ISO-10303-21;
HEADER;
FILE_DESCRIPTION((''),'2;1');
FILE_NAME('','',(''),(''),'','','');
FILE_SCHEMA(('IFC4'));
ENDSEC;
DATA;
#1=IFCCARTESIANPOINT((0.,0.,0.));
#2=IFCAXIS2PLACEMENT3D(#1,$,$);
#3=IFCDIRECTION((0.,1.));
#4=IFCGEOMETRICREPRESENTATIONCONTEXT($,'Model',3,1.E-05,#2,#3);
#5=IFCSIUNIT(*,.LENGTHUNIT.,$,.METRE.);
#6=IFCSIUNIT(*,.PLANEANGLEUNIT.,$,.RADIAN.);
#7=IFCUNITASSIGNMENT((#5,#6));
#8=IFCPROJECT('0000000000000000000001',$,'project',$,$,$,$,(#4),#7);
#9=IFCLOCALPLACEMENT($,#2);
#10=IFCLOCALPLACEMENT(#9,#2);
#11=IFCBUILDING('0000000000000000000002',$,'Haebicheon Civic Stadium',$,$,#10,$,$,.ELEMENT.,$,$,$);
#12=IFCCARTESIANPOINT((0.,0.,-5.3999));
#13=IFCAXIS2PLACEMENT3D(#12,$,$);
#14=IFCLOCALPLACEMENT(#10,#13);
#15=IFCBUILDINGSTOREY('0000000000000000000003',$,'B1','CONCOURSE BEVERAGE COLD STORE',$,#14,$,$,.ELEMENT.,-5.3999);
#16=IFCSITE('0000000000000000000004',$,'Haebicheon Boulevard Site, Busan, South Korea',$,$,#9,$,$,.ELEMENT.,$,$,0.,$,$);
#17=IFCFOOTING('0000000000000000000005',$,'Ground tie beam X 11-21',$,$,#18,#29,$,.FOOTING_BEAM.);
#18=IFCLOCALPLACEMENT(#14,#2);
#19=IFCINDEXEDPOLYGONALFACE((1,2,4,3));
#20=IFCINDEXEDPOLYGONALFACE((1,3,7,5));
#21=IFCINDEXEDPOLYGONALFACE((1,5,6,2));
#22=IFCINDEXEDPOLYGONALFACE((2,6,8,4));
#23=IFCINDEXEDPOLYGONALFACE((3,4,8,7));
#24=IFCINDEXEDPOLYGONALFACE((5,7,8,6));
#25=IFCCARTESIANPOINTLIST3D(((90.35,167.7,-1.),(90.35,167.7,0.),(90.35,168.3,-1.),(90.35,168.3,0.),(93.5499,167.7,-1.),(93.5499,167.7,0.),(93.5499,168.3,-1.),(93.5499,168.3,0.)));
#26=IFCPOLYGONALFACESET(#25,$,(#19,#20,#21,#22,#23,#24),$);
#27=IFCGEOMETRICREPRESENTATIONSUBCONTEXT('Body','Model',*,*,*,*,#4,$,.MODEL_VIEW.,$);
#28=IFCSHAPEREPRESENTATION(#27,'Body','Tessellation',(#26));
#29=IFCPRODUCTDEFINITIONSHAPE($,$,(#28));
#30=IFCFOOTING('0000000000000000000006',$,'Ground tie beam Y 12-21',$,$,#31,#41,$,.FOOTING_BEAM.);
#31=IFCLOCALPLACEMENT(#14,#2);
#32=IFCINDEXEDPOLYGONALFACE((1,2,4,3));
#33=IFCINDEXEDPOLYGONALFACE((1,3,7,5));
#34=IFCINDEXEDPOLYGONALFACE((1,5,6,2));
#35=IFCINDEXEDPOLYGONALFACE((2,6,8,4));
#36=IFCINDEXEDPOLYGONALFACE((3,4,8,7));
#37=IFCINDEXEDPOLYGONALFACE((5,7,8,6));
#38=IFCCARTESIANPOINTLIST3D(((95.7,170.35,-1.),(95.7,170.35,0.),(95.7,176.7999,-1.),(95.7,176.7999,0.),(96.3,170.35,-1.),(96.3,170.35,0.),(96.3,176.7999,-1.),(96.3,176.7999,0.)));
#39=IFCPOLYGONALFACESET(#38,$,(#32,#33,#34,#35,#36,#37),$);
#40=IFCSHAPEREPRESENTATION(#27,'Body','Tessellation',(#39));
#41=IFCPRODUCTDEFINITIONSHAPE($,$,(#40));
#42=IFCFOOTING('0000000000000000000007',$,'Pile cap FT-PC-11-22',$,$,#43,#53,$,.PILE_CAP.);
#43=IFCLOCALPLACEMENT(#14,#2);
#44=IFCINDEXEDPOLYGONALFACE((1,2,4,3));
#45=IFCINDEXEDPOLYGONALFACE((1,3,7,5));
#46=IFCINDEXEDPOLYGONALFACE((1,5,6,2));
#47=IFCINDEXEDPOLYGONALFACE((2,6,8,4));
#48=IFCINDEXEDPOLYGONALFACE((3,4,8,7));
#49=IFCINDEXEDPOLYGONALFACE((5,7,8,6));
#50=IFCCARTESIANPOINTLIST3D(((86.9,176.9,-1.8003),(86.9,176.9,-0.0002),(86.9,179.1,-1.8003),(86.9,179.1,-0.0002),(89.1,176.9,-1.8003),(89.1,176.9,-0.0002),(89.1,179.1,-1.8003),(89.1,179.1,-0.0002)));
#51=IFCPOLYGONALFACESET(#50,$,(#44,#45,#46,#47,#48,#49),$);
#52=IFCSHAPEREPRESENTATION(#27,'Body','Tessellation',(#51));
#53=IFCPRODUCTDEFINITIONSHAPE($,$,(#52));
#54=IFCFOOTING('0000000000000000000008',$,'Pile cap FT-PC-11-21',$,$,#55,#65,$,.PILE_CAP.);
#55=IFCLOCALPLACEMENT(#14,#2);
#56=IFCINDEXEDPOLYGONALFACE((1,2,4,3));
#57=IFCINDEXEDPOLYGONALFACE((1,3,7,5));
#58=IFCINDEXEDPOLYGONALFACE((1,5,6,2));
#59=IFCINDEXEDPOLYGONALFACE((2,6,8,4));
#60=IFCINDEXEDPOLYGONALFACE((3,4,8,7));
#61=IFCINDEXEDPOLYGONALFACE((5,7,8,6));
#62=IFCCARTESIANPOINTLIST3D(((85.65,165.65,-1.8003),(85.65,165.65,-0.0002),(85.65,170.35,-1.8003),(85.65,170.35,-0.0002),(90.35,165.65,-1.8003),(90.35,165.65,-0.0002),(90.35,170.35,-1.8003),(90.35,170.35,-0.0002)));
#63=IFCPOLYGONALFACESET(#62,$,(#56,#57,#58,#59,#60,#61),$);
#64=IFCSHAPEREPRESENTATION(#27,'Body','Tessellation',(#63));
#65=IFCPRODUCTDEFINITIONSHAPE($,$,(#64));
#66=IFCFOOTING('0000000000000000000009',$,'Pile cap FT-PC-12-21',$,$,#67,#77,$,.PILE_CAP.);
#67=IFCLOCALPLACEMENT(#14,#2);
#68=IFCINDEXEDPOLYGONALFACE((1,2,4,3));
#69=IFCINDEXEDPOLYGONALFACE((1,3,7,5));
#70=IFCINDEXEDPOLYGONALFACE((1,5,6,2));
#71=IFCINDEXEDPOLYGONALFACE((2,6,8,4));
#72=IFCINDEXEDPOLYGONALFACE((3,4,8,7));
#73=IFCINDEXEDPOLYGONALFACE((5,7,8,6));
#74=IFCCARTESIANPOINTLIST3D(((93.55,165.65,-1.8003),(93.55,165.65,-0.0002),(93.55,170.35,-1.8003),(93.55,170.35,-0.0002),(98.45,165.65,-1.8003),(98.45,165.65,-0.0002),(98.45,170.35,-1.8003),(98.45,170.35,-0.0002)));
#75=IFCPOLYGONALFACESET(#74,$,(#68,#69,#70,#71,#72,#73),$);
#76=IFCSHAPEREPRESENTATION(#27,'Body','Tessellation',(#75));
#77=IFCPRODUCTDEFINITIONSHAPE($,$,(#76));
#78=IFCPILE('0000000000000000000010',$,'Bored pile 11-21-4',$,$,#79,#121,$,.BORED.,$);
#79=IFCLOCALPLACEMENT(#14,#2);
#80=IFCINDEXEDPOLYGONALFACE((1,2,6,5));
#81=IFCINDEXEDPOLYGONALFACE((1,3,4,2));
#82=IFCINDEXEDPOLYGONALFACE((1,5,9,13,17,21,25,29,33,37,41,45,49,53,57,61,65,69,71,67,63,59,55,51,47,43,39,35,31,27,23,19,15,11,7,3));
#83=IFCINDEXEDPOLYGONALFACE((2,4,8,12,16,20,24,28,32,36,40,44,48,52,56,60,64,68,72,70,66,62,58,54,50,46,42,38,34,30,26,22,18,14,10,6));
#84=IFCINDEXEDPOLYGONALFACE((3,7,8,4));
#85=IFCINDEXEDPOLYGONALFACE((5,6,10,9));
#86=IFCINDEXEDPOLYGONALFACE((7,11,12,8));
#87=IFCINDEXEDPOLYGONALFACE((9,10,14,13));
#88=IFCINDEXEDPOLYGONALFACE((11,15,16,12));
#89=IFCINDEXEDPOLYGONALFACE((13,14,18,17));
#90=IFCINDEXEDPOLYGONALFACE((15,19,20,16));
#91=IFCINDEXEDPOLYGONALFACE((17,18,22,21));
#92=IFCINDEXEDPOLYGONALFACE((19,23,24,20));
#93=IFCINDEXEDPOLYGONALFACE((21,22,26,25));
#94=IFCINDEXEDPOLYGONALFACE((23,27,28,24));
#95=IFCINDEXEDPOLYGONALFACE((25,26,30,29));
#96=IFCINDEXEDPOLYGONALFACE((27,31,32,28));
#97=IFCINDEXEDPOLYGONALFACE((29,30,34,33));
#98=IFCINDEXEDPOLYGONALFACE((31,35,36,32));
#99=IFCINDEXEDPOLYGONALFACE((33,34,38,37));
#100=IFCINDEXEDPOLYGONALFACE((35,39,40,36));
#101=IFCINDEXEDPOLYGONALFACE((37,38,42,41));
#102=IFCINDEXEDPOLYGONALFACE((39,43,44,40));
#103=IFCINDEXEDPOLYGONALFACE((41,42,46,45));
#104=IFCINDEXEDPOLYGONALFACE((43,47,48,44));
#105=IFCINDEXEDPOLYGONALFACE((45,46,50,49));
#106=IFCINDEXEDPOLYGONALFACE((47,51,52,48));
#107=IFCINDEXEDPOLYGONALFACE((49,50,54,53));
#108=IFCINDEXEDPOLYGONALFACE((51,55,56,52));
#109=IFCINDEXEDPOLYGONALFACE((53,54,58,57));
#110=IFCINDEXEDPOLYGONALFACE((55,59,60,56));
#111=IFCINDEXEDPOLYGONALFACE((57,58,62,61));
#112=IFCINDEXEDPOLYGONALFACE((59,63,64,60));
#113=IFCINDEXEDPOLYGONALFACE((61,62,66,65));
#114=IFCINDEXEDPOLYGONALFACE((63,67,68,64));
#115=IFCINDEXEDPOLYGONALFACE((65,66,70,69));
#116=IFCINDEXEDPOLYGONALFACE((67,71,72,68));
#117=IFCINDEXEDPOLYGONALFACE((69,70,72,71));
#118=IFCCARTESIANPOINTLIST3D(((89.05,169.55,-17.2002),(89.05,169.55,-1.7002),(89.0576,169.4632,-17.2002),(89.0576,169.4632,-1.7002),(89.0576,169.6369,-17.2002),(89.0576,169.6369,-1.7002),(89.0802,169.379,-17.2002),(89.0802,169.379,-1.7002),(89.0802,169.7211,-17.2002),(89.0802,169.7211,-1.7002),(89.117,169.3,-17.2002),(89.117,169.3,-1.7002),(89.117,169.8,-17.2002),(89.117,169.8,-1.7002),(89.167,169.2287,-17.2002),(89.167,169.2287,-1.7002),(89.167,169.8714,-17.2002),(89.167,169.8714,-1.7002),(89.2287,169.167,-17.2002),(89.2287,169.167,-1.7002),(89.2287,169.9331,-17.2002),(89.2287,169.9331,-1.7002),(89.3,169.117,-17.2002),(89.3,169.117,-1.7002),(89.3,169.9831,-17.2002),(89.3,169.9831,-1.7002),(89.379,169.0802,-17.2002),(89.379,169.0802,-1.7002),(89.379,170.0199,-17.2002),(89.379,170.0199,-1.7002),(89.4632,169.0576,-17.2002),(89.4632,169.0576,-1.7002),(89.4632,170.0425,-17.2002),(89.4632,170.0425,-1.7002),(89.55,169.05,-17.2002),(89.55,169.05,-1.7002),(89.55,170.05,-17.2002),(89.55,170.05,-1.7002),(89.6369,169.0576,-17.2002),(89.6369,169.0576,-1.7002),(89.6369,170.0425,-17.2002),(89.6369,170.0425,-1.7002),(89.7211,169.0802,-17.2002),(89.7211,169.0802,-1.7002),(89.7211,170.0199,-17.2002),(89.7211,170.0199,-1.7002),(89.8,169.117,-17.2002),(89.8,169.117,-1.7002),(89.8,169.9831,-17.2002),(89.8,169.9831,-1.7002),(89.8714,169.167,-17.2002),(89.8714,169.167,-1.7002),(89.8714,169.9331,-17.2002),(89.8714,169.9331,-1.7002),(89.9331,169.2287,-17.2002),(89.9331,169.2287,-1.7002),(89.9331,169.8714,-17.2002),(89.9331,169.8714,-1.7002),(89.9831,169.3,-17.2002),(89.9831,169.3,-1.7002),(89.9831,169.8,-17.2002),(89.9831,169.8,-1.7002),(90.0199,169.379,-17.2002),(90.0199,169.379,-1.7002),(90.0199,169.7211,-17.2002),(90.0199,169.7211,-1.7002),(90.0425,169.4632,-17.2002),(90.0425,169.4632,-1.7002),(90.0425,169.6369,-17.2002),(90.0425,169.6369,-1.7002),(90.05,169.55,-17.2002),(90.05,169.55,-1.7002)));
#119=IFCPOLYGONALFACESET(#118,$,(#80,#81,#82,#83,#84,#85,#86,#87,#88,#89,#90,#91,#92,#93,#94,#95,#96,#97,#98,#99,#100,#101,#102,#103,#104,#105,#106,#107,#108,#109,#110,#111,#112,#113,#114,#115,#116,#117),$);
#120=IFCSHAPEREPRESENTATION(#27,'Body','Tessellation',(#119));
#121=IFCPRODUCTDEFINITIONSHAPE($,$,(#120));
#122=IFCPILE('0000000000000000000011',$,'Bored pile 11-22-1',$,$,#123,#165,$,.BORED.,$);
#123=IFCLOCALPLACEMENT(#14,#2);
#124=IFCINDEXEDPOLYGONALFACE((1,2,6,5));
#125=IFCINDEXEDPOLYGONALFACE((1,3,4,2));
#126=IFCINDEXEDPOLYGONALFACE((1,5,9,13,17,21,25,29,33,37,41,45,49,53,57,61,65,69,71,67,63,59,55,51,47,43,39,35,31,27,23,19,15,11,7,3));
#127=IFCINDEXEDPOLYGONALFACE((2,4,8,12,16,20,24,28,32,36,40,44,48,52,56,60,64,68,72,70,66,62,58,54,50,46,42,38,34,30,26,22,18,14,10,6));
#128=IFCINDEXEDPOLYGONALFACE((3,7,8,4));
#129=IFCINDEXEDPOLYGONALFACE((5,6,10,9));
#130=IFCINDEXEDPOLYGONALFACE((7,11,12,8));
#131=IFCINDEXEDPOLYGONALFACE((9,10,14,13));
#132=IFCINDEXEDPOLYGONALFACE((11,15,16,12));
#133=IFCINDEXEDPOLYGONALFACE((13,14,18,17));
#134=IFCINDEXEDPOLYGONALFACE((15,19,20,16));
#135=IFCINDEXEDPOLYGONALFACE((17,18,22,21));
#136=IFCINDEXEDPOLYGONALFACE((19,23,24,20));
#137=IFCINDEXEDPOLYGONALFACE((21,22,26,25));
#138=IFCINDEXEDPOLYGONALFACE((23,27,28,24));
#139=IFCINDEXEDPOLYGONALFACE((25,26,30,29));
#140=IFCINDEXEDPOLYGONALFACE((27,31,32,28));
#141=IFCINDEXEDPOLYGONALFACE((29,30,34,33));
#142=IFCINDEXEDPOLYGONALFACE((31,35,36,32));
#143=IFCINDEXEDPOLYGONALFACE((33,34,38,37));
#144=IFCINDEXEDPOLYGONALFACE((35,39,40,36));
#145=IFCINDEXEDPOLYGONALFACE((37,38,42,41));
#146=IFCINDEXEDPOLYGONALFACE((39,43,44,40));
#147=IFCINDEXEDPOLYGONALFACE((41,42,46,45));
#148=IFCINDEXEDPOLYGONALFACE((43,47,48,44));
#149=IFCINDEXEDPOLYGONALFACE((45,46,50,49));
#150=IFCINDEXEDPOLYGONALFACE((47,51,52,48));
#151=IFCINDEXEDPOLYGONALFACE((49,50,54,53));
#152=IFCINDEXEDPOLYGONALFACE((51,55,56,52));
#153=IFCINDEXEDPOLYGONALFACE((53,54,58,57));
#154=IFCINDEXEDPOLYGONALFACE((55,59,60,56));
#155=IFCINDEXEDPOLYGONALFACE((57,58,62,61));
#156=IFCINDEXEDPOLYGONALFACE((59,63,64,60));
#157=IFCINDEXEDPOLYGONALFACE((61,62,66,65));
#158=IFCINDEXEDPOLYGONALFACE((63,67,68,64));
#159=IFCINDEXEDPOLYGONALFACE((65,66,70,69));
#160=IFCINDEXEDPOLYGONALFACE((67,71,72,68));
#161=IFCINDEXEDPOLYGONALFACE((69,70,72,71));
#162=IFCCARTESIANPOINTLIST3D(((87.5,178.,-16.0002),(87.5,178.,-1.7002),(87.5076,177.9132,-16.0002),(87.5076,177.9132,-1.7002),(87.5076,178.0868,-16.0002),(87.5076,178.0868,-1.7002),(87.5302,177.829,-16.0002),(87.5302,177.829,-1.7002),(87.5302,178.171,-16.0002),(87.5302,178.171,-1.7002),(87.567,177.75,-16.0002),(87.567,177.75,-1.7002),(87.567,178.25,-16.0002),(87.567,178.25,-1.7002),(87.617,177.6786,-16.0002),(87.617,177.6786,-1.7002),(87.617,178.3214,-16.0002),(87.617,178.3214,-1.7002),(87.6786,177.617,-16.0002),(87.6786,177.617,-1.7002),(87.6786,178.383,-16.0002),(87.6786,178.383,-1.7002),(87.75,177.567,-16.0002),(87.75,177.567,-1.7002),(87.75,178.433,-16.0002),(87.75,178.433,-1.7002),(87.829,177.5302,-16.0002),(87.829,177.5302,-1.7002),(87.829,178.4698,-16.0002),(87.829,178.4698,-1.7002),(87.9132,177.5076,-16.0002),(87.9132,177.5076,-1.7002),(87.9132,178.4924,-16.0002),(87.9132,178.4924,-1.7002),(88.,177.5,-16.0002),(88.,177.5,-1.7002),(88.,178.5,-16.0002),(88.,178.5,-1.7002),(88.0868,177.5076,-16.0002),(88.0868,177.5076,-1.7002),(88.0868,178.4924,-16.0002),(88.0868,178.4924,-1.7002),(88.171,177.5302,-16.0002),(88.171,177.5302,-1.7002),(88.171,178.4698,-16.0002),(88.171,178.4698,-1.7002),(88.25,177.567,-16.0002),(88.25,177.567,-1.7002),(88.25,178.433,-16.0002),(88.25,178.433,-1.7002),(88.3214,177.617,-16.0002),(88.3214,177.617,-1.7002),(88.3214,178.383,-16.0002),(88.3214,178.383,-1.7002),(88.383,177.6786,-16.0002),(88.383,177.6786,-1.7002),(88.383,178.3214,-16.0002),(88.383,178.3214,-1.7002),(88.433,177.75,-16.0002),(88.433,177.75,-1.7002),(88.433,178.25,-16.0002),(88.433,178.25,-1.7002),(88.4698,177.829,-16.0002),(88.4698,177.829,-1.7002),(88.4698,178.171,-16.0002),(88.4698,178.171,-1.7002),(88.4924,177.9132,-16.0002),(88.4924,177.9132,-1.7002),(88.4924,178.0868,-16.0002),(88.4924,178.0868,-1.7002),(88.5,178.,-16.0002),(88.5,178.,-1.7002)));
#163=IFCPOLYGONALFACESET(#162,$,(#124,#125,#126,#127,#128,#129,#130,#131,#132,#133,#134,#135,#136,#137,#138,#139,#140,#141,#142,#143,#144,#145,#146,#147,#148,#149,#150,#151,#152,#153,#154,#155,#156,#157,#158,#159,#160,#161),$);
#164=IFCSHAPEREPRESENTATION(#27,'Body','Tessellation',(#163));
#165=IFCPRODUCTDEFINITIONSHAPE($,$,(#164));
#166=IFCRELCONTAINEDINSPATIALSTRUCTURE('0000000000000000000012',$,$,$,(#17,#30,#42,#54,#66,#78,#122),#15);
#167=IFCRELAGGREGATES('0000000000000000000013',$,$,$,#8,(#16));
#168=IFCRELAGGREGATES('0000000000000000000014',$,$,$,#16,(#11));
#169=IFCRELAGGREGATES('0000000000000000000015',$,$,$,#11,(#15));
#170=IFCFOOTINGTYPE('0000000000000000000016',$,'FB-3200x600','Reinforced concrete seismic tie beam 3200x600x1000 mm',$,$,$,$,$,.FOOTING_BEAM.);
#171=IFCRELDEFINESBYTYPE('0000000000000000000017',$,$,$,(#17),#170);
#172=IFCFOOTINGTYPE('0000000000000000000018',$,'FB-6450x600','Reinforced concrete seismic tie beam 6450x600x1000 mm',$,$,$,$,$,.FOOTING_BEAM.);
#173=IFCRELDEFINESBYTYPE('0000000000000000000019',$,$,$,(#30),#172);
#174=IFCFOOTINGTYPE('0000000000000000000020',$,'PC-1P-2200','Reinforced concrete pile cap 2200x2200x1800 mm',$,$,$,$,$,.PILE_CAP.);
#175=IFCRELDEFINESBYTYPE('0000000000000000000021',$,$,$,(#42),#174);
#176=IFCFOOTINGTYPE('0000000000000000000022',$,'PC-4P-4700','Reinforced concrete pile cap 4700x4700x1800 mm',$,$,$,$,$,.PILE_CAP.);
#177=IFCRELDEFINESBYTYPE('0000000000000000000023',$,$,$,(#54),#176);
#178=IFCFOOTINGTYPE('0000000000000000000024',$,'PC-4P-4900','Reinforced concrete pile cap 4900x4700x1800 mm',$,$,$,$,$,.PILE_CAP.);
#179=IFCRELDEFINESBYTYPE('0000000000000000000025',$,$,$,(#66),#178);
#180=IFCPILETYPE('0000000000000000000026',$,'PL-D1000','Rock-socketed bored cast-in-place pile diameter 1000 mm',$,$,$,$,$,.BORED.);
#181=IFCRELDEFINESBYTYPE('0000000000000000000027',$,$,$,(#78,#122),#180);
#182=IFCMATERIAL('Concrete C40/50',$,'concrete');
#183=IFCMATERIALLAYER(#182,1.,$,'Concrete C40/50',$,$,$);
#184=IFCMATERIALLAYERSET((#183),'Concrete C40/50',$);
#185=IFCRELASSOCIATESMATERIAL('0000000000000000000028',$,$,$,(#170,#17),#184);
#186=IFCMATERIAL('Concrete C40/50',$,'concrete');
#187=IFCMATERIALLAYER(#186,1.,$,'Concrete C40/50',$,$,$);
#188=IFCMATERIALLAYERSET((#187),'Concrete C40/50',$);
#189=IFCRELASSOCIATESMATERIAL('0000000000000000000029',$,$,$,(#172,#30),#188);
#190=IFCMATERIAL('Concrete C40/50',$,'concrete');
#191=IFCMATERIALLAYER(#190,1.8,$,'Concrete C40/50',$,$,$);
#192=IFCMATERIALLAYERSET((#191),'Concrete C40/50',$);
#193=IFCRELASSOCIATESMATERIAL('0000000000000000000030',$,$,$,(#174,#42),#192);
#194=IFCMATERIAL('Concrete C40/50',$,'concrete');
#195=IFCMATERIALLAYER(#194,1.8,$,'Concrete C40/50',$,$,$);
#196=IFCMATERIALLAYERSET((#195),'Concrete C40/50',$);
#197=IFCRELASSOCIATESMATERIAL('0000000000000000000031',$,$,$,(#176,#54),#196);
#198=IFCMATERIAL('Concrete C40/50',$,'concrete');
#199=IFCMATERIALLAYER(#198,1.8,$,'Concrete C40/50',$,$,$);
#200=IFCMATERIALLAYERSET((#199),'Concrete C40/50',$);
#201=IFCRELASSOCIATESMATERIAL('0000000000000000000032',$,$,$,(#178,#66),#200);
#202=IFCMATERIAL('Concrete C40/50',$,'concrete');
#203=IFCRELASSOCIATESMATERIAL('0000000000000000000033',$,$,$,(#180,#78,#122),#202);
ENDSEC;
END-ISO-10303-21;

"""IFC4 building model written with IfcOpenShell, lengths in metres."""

from ifc_helpers import new_model, si_unit, direction, frame, origin, origin_2d, place, context, subcontext, project, spatial, rectangle, circle, extrude, material, layer, layer_set, material_profile, profile_set, type_object, element, save


model = new_model("IFC4")

# Units and contexts
model_context = context("Model", 3, precision=1e-05, world=origin(), true_north=direction((0.0, 1.0)))
body_context = subcontext(model_context, "Body", "Model", "MODEL_VIEW")
ifc_project = project(units=[si_unit("LENGTHUNIT", "METRE"), si_unit("PLANEANGLEUNIT", "RADIAN")], contexts=[model_context])

# Site, building, storey
site_placement = place(None, origin())
site = spatial("IfcSite", under=ifc_project, at=site_placement, Name="Haebicheon Boulevard Site, Busan, South Korea", CompositionType="ELEMENT", RefElevation=0.0)
building_placement = place(site_placement, origin())
building = spatial("IfcBuilding", under=site, at=building_placement, Name="Haebicheon Civic Stadium", CompositionType="ELEMENT")
storey_placement = place(building_placement, frame((0.0, 0.0, -5.3999)))
storey = spatial("IfcBuildingStorey", under=building, at=storey_placement, Name="B1", Description="CONCOURSE BEVERAGE COLD STORE", CompositionType="ELEMENT", Elevation=-5.3999)

# Footings
ifc_material_1 = material(Name="Concrete C40/50", Category="concrete")
ifc_layer_1 = layer(ifc_material_1, 1.0, Name="Concrete C40/50")
ifc_layer_set_1 = layer_set([ifc_layer_1], Name="Concrete C40/50")
footing_type_1 = type_object("IfcFootingType", Name="FB-3200x600", Description="Reinforced concrete seismic tie beam 3200x600x1000 mm", PredefinedType="FOOTING_BEAM", material=ifc_layer_set_1)
footing_1_placement = place(storey_placement, frame((91.95, 168.0, -1.0), z_axis=(0.0, 0.0, 1.0), x_axis=(1.0, 0.0, 0.0)))
element("IfcFooting", 1, at=footing_1_placement, inside=storey, type_object=footing_type_1, material=ifc_layer_set_1, Name="Ground tie beam X 11-21", PredefinedType="FOOTING_BEAM", context=body_context, shape_type="SweptSolid", body=[
    extrude(rectangle(XDim=3.2, YDim=0.6001, at=origin_2d()), origin(), (0.0, 0.0, 1.0), 1.0),
])
ifc_material_2 = material(Name="Concrete C40/50", Category="concrete")
ifc_layer_2 = layer(ifc_material_2, 1.0, Name="Concrete C40/50")
ifc_layer_set_2 = layer_set([ifc_layer_2], Name="Concrete C40/50")
footing_type_2 = type_object("IfcFootingType", Name="FB-6450x600", Description="Reinforced concrete seismic tie beam 6450x600x1000 mm", PredefinedType="FOOTING_BEAM", material=ifc_layer_set_2)
footing_2_placement = place(storey_placement, frame((96.0, 173.575, -1.0), z_axis=(0.0, 0.0, 1.0), x_axis=(0.0, 1.0, 0.0)))
element("IfcFooting", 2, at=footing_2_placement, inside=storey, type_object=footing_type_2, material=ifc_layer_set_2, Name="Ground tie beam Y 12-21", PredefinedType="FOOTING_BEAM", context=body_context, shape_type="SweptSolid", body=[
    extrude(rectangle(XDim=6.45, YDim=0.6001, at=origin_2d()), origin(), (0.0, 0.0, 1.0), 1.0),
])
ifc_material_3 = material(Name="Concrete C40/50", Category="concrete")
ifc_layer_3 = layer(ifc_material_3, 1.8, Name="Concrete C40/50")
ifc_layer_set_3 = layer_set([ifc_layer_3], Name="Concrete C40/50")
footing_type_3 = type_object("IfcFootingType", Name="PC-1P-2200", Description="Reinforced concrete pile cap 2200x2200x1800 mm", PredefinedType="PILE_CAP", material=ifc_layer_set_3)
footing_3_placement = place(storey_placement, frame((88.0, 178.0, -1.8003), z_axis=(0.0, 0.0, 1.0), x_axis=(1.0, 0.0, 0.0)))
element("IfcFooting", 3, at=footing_3_placement, inside=storey, type_object=footing_type_3, material=ifc_layer_set_3, Name="Pile cap FT-PC-11-22", PredefinedType="PILE_CAP", context=body_context, shape_type="SweptSolid", body=[
    extrude(rectangle(XDim=2.2, YDim=2.2, at=origin_2d()), origin(), (0.0, 0.0, 1.0), 1.8),
])
ifc_material_4 = material(Name="Concrete C40/50", Category="concrete")
ifc_layer_4 = layer(ifc_material_4, 1.8, Name="Concrete C40/50")
ifc_layer_set_4 = layer_set([ifc_layer_4], Name="Concrete C40/50")
footing_type_4 = type_object("IfcFootingType", Name="PC-4P-4700", Description="Reinforced concrete pile cap 4700x4700x1800 mm", PredefinedType="PILE_CAP", material=ifc_layer_set_4)
footing_4_placement = place(storey_placement, frame((88.0, 168.0, -1.8003), z_axis=(0.0, 0.0, 1.0), x_axis=(1.0, 0.0, 0.0)))
element("IfcFooting", 4, at=footing_4_placement, inside=storey, type_object=footing_type_4, material=ifc_layer_set_4, Name="Pile cap FT-PC-11-21", PredefinedType="PILE_CAP", context=body_context, shape_type="SweptSolid", body=[
    extrude(rectangle(XDim=4.7, YDim=4.7, at=origin_2d()), origin(), (0.0, 0.0, 1.0), 1.8),
])
ifc_material_5 = material(Name="Concrete C40/50", Category="concrete")
ifc_layer_5 = layer(ifc_material_5, 1.8, Name="Concrete C40/50")
ifc_layer_set_5 = layer_set([ifc_layer_5], Name="Concrete C40/50")
footing_type_5 = type_object("IfcFootingType", Name="PC-4P-4900", Description="Reinforced concrete pile cap 4900x4700x1800 mm", PredefinedType="PILE_CAP", material=ifc_layer_set_5)
footing_5_placement = place(storey_placement, frame((96.0, 168.0, -1.8003), z_axis=(0.0, 0.0, 1.0), x_axis=(1.0, 0.0, 0.0)))
element("IfcFooting", 5, at=footing_5_placement, inside=storey, type_object=footing_type_5, material=ifc_layer_set_5, Name="Pile cap FT-PC-12-21", PredefinedType="PILE_CAP", context=body_context, shape_type="SweptSolid", body=[
    extrude(rectangle(XDim=4.8999, YDim=4.7, at=origin_2d()), origin(), (0.0, 0.0, 1.0), 1.8),
])

# Piles
ifc_material_6 = material(Name="Concrete C40/50", Category="concrete")
ifc_material_profile_1 = material_profile(ifc_material_6, circle(Radius=0.5, at=origin_2d()), Name="PILE-D1000")
ifc_profile_set_1 = profile_set([ifc_material_profile_1], Name="Concrete C40/50")
pile_type = type_object("IfcPileType", Name="PL-D1000", Description="Rock-socketed bored cast-in-place pile diameter 1000 mm", PredefinedType="BORED", material=ifc_profile_set_1)
pile_1_placement = place(storey_placement, frame((89.55, 169.55, -1.7002), z_axis=(0.0, 0.0, -1.0), x_axis=(1.0, 0.0, 0.0)))
element("IfcPile", 6, at=pile_1_placement, inside=storey, type_object=pile_type, material=ifc_profile_set_1, Name="Bored pile 11-21-4", PredefinedType="BORED", context=body_context, shape_type="SweptSolid", body=[
    extrude(circle(Radius=0.5, at=origin_2d()), origin(), (0.0, 0.0, 1.0), 15.5),
])
pile_2_placement = place(storey_placement, frame((88.0, 178.0, -1.7002), z_axis=(0.0, 0.0, -1.0), x_axis=(1.0, 0.0, 0.0)))
element("IfcPile", 7, at=pile_2_placement, inside=storey, type_object=pile_type, material=ifc_profile_set_1, Name="Bored pile 11-22-1", PredefinedType="BORED", context=body_context, shape_type="SweptSolid", body=[
    extrude(circle(Radius=0.5, at=origin_2d()), origin(), (0.0, 0.0, 1.0), 14.3),
])

save(model, "model.ifc")
